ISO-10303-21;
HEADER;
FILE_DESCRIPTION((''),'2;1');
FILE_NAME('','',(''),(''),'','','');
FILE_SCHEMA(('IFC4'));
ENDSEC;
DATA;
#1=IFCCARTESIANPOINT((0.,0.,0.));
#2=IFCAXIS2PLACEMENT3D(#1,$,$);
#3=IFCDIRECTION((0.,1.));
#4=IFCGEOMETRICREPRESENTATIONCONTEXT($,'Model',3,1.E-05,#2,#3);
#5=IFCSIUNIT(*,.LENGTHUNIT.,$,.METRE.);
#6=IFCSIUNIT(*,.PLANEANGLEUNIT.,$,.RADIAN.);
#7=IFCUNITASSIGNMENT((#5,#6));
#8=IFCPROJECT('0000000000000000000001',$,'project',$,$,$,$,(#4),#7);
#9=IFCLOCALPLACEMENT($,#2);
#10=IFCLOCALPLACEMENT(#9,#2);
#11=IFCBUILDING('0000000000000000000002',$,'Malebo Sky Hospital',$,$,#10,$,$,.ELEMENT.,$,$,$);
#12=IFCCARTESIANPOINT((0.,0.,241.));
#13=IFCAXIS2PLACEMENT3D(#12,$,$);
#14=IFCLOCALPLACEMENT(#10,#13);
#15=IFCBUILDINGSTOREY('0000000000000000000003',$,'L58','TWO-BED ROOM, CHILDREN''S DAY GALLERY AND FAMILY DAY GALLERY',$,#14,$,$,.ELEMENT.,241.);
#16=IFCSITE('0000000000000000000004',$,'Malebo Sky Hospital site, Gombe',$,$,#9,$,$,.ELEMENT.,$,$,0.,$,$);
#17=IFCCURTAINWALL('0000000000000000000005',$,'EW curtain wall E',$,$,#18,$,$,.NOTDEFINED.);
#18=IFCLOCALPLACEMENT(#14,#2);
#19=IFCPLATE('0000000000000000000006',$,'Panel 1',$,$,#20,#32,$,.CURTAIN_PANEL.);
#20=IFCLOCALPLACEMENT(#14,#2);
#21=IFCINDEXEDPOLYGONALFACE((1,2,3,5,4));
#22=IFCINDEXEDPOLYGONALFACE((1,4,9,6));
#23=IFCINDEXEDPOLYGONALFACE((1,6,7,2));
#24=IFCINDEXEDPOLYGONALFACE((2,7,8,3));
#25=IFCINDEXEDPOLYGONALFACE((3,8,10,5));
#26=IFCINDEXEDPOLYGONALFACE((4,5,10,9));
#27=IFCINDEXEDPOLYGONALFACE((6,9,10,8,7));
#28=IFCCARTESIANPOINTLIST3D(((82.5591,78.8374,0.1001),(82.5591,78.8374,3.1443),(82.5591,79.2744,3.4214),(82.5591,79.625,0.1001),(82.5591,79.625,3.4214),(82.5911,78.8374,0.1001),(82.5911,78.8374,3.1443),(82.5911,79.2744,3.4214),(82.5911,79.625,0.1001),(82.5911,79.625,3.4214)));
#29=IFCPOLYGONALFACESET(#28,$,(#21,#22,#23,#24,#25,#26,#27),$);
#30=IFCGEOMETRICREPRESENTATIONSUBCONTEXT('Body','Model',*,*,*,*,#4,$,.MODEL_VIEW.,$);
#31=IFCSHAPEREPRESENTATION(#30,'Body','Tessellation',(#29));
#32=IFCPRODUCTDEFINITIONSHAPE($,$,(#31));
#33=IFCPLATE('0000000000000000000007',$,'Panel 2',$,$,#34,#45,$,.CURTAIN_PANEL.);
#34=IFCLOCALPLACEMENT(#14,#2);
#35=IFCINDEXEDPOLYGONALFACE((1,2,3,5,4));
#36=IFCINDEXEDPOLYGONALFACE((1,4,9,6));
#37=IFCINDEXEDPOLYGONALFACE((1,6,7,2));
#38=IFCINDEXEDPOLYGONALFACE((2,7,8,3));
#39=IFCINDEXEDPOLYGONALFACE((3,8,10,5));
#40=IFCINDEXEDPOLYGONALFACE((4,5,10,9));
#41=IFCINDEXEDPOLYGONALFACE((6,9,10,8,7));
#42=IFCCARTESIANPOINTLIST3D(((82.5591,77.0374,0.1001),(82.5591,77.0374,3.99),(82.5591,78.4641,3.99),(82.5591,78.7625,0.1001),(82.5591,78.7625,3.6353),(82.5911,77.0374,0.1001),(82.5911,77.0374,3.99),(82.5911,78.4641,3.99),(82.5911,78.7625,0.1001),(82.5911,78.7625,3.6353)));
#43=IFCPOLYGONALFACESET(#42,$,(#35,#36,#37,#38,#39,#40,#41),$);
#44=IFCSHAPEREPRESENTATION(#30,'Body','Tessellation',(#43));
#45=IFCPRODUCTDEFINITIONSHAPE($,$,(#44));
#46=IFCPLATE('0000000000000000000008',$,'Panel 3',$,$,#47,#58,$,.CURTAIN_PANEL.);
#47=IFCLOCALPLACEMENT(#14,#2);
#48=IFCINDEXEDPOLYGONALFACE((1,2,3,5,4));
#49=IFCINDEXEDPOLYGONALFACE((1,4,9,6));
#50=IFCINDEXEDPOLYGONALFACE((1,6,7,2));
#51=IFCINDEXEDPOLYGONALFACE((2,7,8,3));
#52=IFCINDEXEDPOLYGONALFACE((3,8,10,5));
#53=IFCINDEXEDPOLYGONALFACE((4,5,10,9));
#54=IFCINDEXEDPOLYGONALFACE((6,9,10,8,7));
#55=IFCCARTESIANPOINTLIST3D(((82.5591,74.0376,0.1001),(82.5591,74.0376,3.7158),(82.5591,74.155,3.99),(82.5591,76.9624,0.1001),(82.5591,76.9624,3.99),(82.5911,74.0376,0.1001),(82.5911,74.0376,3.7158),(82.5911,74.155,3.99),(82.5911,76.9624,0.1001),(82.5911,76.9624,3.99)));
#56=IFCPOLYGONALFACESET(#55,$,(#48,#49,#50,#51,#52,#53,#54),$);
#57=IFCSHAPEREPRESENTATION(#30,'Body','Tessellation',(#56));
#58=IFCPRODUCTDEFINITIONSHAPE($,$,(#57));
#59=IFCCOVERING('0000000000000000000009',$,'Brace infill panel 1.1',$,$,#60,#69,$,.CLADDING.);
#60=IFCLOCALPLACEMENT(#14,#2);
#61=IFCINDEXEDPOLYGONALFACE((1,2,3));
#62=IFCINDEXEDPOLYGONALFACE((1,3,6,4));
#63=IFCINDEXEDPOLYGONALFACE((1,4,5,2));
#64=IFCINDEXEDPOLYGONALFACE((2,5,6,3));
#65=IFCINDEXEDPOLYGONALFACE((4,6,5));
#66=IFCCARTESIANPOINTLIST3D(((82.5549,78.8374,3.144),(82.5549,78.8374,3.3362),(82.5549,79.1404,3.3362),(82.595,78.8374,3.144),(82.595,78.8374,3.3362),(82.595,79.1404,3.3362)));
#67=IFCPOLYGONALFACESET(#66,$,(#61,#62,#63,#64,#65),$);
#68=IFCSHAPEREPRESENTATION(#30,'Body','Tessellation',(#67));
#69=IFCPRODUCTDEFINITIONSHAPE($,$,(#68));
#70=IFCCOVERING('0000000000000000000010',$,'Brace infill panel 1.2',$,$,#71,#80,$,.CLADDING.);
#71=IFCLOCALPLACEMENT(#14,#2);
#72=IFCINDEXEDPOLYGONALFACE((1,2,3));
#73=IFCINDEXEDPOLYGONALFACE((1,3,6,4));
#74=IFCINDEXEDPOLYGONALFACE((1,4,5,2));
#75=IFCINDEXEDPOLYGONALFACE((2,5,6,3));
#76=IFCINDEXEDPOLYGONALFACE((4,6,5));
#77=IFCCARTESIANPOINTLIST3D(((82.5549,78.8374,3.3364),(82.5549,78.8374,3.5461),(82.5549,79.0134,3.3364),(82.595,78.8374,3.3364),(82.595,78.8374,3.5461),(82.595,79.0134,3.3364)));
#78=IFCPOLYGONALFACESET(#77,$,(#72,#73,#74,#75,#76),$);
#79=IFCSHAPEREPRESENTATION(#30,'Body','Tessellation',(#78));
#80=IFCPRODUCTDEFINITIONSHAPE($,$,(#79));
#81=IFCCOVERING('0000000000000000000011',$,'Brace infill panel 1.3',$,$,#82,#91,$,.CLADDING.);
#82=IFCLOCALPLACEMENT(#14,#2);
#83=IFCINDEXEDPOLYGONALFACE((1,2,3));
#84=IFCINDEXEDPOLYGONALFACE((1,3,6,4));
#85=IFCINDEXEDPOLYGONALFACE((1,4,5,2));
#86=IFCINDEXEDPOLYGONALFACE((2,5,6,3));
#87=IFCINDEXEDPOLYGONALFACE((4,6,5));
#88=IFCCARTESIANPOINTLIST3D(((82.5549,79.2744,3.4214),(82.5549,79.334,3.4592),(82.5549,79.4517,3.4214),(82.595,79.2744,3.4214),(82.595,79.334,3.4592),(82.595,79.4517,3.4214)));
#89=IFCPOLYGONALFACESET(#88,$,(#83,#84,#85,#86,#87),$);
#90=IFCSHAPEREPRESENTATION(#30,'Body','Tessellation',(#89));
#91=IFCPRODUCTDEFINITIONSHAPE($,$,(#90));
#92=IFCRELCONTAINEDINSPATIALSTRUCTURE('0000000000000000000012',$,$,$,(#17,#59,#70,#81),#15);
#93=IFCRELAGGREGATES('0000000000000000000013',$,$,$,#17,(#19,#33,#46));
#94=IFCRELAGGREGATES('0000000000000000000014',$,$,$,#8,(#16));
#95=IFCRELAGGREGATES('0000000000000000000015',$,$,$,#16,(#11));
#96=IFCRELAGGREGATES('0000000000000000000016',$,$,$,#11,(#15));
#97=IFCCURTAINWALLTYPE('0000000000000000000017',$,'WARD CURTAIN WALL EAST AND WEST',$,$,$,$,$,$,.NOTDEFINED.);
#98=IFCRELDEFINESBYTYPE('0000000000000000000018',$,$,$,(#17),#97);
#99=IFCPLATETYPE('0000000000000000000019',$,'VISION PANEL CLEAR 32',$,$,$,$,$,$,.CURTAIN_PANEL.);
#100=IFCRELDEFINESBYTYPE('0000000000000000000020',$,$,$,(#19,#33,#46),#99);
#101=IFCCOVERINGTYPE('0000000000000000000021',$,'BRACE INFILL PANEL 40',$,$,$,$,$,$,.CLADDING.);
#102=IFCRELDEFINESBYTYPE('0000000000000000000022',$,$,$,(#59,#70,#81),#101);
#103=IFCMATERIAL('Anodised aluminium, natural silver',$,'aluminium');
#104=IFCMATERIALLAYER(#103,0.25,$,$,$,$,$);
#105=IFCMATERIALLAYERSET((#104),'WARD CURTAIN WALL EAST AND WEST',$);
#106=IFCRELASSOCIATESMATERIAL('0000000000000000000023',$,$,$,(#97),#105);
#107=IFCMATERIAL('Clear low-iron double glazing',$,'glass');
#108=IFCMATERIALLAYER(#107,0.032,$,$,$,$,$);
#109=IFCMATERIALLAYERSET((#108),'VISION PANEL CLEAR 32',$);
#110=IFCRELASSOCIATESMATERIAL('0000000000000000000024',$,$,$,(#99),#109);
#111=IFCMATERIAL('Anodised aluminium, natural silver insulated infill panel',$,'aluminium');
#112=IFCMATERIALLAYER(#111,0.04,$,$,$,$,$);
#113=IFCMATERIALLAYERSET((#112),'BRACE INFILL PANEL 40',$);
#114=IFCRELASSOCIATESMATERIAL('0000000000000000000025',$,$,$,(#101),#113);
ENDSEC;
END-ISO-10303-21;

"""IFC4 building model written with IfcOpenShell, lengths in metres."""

from ifc_helpers import new_model, si_unit, direction, frame, origin, place, context, subcontext, project, spatial, polyline, outline, extrude, material, layer, layer_set, type_object, element, aggregate, save


model = new_model("IFC4")

# Units and contexts
model_context = context("Model", 3, precision=1e-05, world=origin(), true_north=direction((0.0, 1.0)))
body_context = subcontext(model_context, "Body", "Model", "MODEL_VIEW")
ifc_project = project(units=[si_unit("LENGTHUNIT", "METRE"), si_unit("PLANEANGLEUNIT", "RADIAN")], contexts=[model_context])

# Site, building, storey
site_placement = place(None, origin())
site = spatial("IfcSite", under=ifc_project, at=site_placement, Name="Malebo Sky Hospital site, Gombe", CompositionType="ELEMENT", RefElevation=0.0)
building_placement = place(site_placement, origin())
building = spatial("IfcBuilding", under=site, at=building_placement, Name="Malebo Sky Hospital", CompositionType="ELEMENT")
storey_placement = place(building_placement, frame((0.0, 0.0, 241.0)))
storey = spatial("IfcBuildingStorey", under=building, at=storey_placement, Name="L58", Description="TWO-BED ROOM, CHILDREN'S DAY GALLERY AND FAMILY DAY GALLERY", CompositionType="ELEMENT", Elevation=241.0)

# Curtain wall
ifc_material_1 = material(Name="Anodised aluminium, natural silver", Category="aluminium")
ifc_layer_1 = layer(ifc_material_1, 0.25)
ifc_layer_set_1 = layer_set([ifc_layer_1], Name="WARD CURTAIN WALL EAST AND WEST")
curtain_wall_type = type_object("IfcCurtainWallType", Name="WARD CURTAIN WALL EAST AND WEST", PredefinedType="NOTDEFINED", material=ifc_layer_set_1)
curtain_wall_placement = place(storey_placement, origin())
curtain_wall = element("IfcCurtainWall", 1, at=curtain_wall_placement, inside=storey, type_object=curtain_wall_type, Name="EW curtain wall E", PredefinedType="NOTDEFINED")

# Plates
ifc_material_2 = material(Name="Clear low-iron double glazing", Category="glass")
ifc_layer_2 = layer(ifc_material_2, 0.032)
ifc_layer_set_2 = layer_set([ifc_layer_2], Name="VISION PANEL CLEAR 32")
plate_type = type_object("IfcPlateType", Name="VISION PANEL CLEAR 32", PredefinedType="CURTAIN_PANEL", material=ifc_layer_set_2)
plate_1_placement = place(storey_placement, frame((82.575, 79.2312, 0.1001), z_axis=(0.0, 0.0, 1.0), x_axis=(0.0, -1.0, 0.0)))
plate_1 = element("IfcPlate", 2, at=plate_1_placement, type_object=plate_type, Name="Panel 1", PredefinedType="CURTAIN_PANEL", context=body_context, shape_type="SweptSolid", body=[
    extrude(outline(polyline([(-0.3938, 0.0), (0.3938, 0.0), (0.3938, 3.0442), (-0.0432, 3.3213), (-0.3938, 3.3213), (-0.3938, 0.0)])), frame((0.0, 0.0161, 0.0), z_axis=(0.0, -1.0, 0.0), x_axis=(1.0, 0.0, 0.0)), (0.0, 0.0, 1.0), 0.032),
])
plate_2_placement = place(storey_placement, frame((82.575, 77.8999, 0.1001), z_axis=(0.0, 0.0, 1.0), x_axis=(0.0, -1.0, 0.0)))
plate_2 = element("IfcPlate", 3, at=plate_2_placement, type_object=plate_type, Name="Panel 2", PredefinedType="CURTAIN_PANEL", context=body_context, shape_type="SweptSolid", body=[
    extrude(outline(polyline([(-0.8625, 0.0), (0.8625, 0.0), (0.8625, 3.8899), (-0.5642, 3.8899), (-0.8625, 3.5352), (-0.8625, 0.0)])), frame((0.0, 0.0161, 0.0), z_axis=(0.0, -1.0, 0.0), x_axis=(1.0, 0.0, 0.0)), (0.0, 0.0, 1.0), 0.032),
])
plate_3_placement = place(storey_placement, frame((82.575, 75.5, 0.1001), z_axis=(0.0, 0.0, 1.0), x_axis=(0.0, -1.0, 0.0)))
plate_3 = element("IfcPlate", 4, at=plate_3_placement, type_object=plate_type, Name="Panel 3", PredefinedType="CURTAIN_PANEL", context=body_context, shape_type="SweptSolid", body=[
    extrude(outline(polyline([(-1.4624, 0.0), (1.4624, 0.0), (1.4624, 3.6157), (1.345, 3.8899), (-1.4624, 3.8899), (-1.4624, 0.0)])), frame((0.0, 0.0161, 0.0), z_axis=(0.0, -1.0, 0.0), x_axis=(1.0, 0.0, 0.0)), (0.0, 0.0, 1.0), 0.032),
])
aggregate(curtain_wall, [plate_1, plate_2, plate_3])

# Coverings
ifc_material_3 = material(Name="Anodised aluminium, natural silver insulated infill panel", Category="aluminium")
ifc_layer_3 = layer(ifc_material_3, 0.04)
ifc_layer_set_3 = layer_set([ifc_layer_3], Name="BRACE INFILL PANEL 40")
covering_type = type_object("IfcCoveringType", Name="BRACE INFILL PANEL 40", PredefinedType="CLADDING", material=ifc_layer_set_3)
covering_1_placement = place(storey_placement, frame((82.575, 78.989, 3.144), z_axis=(0.0, 0.0, 1.0), x_axis=(0.0, -1.0, 0.0)))
element("IfcCovering", 5, at=covering_1_placement, inside=storey, type_object=covering_type, Name="Brace infill panel 1.1", PredefinedType="CLADDING", context=body_context, shape_type="SweptSolid", body=[
    extrude(outline(polyline([(0.1516, 0.0), (0.1516, 0.1921), (-0.1514, 0.1921), (0.1516, 0.0)])), frame((0.0, 0.02, 0.0), z_axis=(0.0, -1.0, 0.0), x_axis=(1.0, 0.0, 0.0)), (0.0, 0.0, 1.0), 0.04),
])
covering_2_placement = place(storey_placement, frame((82.575, 78.9255, 3.3364), z_axis=(0.0, 0.0, 1.0), x_axis=(0.0, -1.0, 0.0)))
element("IfcCovering", 6, at=covering_2_placement, inside=storey, type_object=covering_type, Name="Brace infill panel 1.2", PredefinedType="CLADDING", context=body_context, shape_type="SweptSolid", body=[
    extrude(outline(polyline([(-0.0879, 0.0), (0.0881, 0.0), (0.0881, 0.2097), (-0.0879, 0.0)])), frame((0.0, 0.02, 0.0), z_axis=(0.0, -1.0, 0.0), x_axis=(1.0, 0.0, 0.0)), (0.0, 0.0, 1.0), 0.04),
])
covering_3_placement = place(storey_placement, frame((82.575, 79.363, 3.4214), z_axis=(0.0, 0.0, 1.0), x_axis=(0.0, -1.0, 0.0)))
element("IfcCovering", 7, at=covering_3_placement, inside=storey, type_object=covering_type, Name="Brace infill panel 1.3", PredefinedType="CLADDING", context=body_context, shape_type="SweptSolid", body=[
    extrude(outline(polyline([(-0.0886, 0.0), (0.0886, 0.0), (0.0291, 0.0378), (-0.0886, 0.0)])), frame((0.0, 0.02, 0.0), z_axis=(0.0, -1.0, 0.0), x_axis=(1.0, 0.0, 0.0)), (0.0, 0.0, 1.0), 0.04),
])

save(model, "model.ifc")
